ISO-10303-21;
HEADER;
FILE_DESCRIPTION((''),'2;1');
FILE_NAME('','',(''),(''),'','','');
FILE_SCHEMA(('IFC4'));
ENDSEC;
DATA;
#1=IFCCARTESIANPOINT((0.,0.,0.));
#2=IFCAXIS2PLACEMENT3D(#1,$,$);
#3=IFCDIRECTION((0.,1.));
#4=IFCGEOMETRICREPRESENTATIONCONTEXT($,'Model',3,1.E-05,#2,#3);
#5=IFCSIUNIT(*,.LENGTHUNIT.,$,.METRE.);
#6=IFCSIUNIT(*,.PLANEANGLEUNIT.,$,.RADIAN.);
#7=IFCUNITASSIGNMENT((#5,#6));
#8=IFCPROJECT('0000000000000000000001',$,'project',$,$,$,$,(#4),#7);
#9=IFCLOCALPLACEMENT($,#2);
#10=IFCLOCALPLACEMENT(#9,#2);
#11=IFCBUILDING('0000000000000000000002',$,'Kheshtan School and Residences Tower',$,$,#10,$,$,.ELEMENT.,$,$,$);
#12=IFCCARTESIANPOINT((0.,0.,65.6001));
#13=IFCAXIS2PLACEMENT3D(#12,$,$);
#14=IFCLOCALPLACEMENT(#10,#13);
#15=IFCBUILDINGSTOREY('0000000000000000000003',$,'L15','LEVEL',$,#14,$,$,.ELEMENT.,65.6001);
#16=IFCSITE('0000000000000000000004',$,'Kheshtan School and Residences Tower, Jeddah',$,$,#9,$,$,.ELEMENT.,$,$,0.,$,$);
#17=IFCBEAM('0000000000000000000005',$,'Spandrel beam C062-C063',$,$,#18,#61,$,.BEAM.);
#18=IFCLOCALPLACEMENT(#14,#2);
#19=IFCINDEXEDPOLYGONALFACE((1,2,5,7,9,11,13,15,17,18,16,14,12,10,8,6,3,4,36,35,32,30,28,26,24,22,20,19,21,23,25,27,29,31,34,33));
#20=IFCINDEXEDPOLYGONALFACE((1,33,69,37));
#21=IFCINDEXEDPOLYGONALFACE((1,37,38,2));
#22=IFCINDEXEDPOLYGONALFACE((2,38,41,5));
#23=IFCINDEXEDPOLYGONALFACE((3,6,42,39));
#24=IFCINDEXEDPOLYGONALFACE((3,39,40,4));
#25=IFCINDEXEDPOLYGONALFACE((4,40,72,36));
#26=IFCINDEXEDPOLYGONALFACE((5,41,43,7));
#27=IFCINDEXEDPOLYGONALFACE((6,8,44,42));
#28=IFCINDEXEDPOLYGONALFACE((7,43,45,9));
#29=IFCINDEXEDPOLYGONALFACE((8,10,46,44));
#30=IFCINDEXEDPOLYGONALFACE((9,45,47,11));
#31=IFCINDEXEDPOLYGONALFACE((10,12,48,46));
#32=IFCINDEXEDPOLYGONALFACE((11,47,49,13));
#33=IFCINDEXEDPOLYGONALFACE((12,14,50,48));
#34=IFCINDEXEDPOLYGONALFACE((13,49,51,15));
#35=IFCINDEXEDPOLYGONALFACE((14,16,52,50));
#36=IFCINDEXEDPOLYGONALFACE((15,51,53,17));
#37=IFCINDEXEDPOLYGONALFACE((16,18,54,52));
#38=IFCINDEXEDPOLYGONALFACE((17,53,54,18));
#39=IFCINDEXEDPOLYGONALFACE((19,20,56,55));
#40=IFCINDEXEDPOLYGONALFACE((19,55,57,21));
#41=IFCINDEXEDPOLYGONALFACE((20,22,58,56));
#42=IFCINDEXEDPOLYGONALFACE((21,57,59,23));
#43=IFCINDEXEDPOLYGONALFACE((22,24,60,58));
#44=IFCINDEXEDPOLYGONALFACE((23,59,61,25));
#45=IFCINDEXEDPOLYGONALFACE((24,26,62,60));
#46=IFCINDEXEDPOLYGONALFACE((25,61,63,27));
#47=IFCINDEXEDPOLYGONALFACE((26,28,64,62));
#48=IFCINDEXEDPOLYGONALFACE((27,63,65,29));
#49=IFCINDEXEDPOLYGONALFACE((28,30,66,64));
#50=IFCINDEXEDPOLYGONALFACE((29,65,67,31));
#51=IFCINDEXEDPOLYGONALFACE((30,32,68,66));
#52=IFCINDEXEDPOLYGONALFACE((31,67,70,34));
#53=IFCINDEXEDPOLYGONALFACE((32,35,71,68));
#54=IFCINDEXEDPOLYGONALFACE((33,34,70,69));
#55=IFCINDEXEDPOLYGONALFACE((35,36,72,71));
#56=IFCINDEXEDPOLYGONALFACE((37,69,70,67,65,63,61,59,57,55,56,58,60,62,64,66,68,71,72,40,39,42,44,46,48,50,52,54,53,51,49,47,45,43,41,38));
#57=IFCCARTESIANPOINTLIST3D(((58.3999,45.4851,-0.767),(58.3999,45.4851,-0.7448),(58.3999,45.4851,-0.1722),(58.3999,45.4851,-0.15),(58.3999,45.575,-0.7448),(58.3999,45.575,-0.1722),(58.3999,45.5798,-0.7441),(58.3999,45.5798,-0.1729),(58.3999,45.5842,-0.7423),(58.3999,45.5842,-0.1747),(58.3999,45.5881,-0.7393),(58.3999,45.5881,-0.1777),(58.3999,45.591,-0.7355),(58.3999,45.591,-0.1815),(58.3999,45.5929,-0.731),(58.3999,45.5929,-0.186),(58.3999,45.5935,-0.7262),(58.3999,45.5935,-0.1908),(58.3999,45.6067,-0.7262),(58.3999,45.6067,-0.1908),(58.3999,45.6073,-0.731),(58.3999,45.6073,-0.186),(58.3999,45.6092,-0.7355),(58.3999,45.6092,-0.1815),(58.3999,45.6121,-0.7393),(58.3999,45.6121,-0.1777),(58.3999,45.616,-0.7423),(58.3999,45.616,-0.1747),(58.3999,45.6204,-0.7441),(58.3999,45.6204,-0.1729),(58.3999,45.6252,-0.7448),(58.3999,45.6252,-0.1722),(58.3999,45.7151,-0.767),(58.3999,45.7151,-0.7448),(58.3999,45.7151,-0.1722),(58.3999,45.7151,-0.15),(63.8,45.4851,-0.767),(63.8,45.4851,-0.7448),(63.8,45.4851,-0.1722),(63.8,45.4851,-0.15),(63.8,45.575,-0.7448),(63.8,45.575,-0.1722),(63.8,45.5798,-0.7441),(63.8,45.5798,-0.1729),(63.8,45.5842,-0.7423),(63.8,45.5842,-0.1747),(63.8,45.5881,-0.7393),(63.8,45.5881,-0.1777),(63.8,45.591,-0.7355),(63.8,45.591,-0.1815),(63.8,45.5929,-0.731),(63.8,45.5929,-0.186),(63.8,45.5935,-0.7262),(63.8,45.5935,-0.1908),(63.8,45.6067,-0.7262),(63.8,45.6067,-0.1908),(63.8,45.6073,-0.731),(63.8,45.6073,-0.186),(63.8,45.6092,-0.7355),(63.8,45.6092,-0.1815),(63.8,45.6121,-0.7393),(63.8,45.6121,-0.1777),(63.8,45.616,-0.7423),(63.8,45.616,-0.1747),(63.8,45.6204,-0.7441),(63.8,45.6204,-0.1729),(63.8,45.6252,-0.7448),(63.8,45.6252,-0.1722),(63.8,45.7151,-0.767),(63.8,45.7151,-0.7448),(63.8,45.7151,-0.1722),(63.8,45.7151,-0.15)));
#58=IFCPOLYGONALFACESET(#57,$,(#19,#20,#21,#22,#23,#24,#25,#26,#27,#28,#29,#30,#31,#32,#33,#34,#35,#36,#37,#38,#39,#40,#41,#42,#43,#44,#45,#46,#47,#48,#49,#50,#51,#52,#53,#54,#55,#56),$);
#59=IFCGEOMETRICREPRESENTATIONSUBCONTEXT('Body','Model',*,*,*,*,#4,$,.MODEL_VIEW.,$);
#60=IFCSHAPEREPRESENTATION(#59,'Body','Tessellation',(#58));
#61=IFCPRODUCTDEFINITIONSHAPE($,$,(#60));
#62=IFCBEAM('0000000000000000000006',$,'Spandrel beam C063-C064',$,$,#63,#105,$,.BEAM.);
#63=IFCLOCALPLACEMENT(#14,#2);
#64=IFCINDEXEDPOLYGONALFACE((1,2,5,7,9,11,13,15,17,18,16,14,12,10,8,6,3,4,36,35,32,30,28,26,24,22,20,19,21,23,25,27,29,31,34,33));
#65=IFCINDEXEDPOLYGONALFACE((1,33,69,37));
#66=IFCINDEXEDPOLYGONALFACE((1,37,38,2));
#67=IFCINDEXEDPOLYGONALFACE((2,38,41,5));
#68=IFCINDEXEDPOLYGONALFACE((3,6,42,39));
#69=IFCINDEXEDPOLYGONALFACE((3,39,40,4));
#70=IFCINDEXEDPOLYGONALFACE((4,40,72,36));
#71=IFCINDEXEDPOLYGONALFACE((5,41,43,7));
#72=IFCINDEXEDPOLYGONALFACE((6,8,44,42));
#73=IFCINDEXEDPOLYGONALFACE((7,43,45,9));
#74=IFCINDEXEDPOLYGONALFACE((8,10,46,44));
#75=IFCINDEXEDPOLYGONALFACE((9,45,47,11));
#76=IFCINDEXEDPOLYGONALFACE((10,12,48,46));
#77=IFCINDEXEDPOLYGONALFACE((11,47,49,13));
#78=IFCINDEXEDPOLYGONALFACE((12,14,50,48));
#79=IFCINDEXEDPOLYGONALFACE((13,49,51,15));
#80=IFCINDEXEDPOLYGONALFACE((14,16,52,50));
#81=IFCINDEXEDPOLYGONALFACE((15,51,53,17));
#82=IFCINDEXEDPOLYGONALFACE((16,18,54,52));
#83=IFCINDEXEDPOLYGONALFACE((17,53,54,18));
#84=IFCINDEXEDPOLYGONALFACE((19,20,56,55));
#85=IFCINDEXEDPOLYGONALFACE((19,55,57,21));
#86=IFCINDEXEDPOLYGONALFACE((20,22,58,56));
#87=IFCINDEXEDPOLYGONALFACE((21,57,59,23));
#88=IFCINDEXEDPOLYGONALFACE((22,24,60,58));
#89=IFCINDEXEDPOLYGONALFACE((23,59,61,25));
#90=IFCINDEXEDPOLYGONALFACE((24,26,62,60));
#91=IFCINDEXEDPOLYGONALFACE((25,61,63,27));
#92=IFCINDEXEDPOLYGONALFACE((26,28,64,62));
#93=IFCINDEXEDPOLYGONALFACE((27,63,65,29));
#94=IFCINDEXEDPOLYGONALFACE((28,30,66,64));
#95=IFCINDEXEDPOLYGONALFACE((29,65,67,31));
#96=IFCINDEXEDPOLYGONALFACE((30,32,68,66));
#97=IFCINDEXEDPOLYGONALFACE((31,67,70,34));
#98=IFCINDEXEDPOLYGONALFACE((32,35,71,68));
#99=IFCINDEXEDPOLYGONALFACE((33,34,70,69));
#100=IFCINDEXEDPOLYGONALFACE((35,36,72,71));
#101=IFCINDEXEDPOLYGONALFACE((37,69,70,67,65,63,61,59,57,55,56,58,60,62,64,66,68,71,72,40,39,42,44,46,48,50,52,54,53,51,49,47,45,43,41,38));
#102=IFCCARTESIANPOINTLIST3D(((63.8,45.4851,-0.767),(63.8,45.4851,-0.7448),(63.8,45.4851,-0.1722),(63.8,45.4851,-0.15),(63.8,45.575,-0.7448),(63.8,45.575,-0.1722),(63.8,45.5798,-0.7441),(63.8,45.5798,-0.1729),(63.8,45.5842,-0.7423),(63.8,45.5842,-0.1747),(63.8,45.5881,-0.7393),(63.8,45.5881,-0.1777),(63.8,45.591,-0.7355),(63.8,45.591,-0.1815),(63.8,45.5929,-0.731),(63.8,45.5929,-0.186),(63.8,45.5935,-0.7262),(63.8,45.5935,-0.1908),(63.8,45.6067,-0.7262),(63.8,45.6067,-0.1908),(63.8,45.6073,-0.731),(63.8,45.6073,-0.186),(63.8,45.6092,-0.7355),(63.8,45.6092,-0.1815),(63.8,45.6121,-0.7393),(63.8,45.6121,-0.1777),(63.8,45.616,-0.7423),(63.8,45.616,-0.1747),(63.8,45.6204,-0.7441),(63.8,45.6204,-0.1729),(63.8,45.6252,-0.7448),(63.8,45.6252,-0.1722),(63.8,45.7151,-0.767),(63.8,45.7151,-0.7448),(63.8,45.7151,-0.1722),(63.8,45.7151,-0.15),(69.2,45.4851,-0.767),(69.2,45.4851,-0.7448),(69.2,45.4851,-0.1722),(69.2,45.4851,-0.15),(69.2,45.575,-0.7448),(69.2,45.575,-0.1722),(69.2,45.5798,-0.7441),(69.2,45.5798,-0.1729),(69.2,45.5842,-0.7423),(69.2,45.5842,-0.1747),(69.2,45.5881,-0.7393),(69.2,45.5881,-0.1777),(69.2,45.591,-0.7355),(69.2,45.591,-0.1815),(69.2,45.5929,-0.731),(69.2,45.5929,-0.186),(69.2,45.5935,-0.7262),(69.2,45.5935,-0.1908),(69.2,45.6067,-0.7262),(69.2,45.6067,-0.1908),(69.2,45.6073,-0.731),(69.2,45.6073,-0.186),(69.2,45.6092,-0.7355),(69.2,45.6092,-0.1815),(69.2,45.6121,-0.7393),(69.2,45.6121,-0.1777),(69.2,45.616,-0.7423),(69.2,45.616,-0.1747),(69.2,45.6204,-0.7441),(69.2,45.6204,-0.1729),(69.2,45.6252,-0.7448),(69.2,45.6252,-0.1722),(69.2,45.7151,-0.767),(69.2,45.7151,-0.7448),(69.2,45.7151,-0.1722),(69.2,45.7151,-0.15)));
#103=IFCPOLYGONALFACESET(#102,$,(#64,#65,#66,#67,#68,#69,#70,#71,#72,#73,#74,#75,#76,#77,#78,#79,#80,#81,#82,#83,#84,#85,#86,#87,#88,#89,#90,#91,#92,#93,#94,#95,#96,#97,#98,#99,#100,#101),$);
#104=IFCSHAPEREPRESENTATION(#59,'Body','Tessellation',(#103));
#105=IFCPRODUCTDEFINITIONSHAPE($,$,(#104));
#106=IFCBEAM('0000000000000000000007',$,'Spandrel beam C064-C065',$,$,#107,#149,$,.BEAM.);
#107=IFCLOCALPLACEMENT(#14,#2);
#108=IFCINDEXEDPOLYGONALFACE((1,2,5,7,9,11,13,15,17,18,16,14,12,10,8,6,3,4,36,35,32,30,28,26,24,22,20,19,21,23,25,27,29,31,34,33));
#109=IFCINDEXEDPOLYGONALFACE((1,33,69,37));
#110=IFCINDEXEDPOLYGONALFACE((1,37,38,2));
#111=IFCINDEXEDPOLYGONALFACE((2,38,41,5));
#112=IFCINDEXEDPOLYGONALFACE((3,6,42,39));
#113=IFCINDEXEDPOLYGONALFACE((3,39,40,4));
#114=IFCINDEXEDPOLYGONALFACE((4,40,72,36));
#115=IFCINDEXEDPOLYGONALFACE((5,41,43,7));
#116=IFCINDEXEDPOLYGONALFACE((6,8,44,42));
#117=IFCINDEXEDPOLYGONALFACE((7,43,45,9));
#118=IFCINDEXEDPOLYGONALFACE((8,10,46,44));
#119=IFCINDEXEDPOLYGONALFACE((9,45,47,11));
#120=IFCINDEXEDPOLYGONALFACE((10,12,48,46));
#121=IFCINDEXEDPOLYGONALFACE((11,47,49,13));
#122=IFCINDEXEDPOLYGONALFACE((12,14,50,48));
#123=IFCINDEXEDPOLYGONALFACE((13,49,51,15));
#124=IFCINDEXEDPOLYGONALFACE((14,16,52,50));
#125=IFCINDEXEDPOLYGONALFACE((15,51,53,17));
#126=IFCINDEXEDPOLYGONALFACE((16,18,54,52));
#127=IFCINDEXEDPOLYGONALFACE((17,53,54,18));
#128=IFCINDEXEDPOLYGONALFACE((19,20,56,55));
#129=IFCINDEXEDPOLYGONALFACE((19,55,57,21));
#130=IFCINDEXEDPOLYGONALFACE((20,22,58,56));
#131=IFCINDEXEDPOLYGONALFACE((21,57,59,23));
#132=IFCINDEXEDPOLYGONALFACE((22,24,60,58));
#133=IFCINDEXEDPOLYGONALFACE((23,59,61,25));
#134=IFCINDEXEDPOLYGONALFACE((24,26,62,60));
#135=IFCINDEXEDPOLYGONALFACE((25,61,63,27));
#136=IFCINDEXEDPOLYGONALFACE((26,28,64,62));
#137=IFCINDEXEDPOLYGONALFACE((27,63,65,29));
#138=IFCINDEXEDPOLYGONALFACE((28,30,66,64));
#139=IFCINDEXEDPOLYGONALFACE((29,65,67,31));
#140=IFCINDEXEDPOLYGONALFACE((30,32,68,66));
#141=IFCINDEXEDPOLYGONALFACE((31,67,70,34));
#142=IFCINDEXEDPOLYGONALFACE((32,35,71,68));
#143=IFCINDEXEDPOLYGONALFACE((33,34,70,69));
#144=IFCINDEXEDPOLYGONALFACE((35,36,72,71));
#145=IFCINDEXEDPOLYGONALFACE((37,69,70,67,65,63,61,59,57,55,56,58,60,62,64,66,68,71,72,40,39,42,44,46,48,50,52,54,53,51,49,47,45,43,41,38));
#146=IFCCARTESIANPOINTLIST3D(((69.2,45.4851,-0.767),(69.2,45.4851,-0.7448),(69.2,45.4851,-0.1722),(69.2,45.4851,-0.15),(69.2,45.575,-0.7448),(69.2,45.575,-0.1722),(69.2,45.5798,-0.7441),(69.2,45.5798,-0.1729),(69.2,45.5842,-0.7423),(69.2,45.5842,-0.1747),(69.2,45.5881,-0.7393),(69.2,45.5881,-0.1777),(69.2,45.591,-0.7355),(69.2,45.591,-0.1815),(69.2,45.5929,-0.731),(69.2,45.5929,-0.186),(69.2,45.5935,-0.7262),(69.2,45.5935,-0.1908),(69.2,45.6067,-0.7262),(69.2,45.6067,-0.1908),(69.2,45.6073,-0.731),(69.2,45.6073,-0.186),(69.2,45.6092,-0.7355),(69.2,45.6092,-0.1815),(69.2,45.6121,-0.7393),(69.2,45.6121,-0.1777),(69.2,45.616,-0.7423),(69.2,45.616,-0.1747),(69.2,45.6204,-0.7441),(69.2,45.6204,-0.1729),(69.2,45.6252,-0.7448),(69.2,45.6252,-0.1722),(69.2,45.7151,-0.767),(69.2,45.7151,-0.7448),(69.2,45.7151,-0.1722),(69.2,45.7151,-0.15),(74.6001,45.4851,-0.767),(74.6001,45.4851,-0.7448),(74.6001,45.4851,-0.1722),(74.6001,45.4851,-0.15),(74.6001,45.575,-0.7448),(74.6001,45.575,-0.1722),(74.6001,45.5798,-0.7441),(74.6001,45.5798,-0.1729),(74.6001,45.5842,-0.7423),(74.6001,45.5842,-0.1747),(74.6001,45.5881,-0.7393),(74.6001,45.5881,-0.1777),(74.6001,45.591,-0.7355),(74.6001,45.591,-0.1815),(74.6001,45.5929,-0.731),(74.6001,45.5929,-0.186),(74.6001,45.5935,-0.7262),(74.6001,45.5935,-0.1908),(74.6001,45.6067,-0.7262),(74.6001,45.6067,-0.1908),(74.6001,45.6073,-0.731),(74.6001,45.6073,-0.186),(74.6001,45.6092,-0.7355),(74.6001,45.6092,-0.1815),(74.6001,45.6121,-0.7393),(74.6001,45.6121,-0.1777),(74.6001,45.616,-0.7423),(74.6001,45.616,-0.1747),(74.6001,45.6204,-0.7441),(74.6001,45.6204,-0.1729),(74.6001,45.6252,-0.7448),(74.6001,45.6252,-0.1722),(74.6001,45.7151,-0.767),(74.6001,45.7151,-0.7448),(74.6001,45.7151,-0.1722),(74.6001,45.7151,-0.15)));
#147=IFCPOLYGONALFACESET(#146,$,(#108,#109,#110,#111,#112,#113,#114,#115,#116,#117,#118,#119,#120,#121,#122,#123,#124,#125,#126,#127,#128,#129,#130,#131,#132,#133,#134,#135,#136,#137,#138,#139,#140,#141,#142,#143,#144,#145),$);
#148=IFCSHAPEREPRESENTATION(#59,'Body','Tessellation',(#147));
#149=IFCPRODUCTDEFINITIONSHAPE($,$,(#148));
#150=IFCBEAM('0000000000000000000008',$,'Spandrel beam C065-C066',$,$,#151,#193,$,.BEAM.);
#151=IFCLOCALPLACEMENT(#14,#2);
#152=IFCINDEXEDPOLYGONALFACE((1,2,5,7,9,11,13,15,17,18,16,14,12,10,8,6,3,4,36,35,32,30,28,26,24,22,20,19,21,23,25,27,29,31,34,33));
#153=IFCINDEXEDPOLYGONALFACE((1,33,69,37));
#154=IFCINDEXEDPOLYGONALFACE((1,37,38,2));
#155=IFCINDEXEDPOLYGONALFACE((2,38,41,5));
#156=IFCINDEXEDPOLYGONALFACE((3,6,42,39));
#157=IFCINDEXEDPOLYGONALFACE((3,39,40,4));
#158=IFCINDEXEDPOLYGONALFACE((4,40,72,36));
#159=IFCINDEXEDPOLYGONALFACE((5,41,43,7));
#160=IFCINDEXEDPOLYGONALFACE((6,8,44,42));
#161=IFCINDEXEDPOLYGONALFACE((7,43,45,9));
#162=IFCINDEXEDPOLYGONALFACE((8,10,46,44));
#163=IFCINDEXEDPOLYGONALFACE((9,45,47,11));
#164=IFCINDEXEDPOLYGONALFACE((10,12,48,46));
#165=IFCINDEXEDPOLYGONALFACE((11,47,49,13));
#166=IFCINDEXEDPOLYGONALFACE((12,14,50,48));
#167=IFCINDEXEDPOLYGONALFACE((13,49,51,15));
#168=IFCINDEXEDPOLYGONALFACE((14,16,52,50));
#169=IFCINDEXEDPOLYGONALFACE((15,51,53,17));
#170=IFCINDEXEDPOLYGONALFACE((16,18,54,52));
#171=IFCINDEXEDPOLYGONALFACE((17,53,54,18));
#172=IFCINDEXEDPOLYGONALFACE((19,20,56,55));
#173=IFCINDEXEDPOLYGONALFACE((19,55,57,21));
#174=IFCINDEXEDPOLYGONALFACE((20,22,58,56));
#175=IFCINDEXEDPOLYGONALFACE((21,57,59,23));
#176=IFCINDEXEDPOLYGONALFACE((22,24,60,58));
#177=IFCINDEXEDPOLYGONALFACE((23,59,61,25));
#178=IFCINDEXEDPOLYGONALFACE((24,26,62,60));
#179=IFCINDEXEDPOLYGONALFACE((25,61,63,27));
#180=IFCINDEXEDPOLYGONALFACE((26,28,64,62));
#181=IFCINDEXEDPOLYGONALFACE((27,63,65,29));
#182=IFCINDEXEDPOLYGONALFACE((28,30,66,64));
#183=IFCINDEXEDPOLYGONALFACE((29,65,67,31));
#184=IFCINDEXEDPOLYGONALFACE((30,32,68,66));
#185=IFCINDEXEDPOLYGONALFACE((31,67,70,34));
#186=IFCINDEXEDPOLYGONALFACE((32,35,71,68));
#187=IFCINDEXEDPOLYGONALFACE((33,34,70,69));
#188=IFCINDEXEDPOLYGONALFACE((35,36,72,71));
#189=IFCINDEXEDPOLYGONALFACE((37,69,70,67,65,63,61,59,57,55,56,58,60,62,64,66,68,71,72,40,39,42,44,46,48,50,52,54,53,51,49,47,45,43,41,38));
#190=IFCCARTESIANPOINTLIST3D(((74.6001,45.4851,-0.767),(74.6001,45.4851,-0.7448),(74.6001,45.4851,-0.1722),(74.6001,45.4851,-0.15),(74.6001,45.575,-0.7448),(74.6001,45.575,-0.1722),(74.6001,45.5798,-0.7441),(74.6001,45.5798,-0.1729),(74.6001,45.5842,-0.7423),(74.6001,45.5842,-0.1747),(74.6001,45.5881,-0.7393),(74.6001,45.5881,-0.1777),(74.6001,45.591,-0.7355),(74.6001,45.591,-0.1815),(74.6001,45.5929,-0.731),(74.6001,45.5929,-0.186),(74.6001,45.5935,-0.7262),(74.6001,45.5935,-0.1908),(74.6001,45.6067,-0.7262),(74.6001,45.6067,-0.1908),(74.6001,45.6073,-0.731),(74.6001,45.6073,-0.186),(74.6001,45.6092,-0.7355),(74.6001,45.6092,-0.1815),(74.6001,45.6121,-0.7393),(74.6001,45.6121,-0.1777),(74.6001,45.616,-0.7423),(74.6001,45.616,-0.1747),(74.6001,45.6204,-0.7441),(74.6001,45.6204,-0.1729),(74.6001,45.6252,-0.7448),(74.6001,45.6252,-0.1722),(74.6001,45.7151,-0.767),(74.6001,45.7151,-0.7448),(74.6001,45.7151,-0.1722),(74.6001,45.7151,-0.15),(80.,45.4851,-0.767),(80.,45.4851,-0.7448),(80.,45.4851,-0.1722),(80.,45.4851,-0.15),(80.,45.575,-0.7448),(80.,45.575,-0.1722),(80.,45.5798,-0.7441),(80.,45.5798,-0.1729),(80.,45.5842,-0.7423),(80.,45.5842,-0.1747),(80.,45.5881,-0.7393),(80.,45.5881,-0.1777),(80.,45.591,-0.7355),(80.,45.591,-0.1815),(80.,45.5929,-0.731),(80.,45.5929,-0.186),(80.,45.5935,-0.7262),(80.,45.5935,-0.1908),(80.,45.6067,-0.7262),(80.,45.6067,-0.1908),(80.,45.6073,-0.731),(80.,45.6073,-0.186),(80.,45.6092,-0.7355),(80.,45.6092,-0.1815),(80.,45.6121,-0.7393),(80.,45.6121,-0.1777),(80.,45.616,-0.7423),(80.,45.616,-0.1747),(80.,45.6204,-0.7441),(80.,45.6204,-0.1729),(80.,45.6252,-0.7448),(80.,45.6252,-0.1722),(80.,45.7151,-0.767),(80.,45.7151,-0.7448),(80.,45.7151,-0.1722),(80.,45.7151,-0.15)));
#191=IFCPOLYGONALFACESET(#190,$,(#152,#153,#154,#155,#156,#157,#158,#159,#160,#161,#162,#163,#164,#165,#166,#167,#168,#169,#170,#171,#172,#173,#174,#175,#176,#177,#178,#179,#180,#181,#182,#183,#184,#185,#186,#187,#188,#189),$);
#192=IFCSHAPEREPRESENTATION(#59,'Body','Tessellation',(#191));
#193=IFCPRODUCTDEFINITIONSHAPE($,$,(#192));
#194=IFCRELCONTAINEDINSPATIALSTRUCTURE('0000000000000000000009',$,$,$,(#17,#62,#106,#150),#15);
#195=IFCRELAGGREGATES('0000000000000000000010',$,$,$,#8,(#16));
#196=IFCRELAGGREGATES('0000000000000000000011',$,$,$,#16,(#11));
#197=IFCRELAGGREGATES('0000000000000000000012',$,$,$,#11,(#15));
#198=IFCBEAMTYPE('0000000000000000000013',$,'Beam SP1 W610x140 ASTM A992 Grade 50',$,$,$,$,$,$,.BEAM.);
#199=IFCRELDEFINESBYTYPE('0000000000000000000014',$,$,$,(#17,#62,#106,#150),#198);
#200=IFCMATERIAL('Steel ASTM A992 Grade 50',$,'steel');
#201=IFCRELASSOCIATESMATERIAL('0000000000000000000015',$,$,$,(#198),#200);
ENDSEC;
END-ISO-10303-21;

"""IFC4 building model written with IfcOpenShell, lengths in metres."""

from ifc_helpers import new_model, si_unit, direction, frame, origin, origin_2d, place, context, subcontext, project, spatial, i_section, extrude, material, material_profile, profile_set, type_object, element, save


model = new_model("IFC4")

# Units and contexts
model_context = context("Model", 3, precision=1e-05, world=origin(), true_north=direction((0.0, 1.0)))
body_context = subcontext(model_context, "Body", "Model", "MODEL_VIEW")
ifc_project = project(units=[si_unit("LENGTHUNIT", "METRE"), si_unit("PLANEANGLEUNIT", "RADIAN")], contexts=[model_context])

# Site, building, storey
site_placement = place(None, origin())
site = spatial("IfcSite", under=ifc_project, at=site_placement, Name="Kheshtan School and Residences Tower, Jeddah", CompositionType="ELEMENT", RefElevation=0.0)
building_placement = place(site_placement, origin())
building = spatial("IfcBuilding", under=site, at=building_placement, Name="Kheshtan School and Residences Tower", CompositionType="ELEMENT")
storey_placement = place(building_placement, frame((0.0, 0.0, 65.6001)))
storey = spatial("IfcBuildingStorey", under=building, at=storey_placement, Name="L15", Description="LEVEL", CompositionType="ELEMENT", Elevation=65.6001)

# Shared definitions
ifc_material_1 = material(Name="Steel ASTM A992 Grade 50", Category="steel")

# Beams
ifc_material_profile_1 = material_profile(ifc_material_1, i_section(OverallWidth=0.23, OverallDepth=0.6169, WebThickness=0.0132, FlangeThickness=0.0222, FilletRadius=0.0186, at=origin_2d()), Name="W610x140")
ifc_profile_set_1 = profile_set([ifc_material_profile_1], Name="Steel ASTM A992 Grade 50")
beam_type_1 = type_object("IfcBeamType", Name="Beam SP1 W610x140 ASTM A992 Grade 50", PredefinedType="BEAM", material=ifc_profile_set_1)
beam_1_placement = place(storey_placement, frame((58.3999, 45.6001, -0.4585), z_axis=(1.0, 0.0, 0.0), x_axis=(0.0, 1.0, 0.0)))
element("IfcBeam", 1, at=beam_1_placement, inside=storey, type_object=beam_type_1, Name="Spandrel beam C062-C063", PredefinedType="BEAM", context=body_context, shape_type="SweptSolid", body=[
    extrude(i_section(OverallWidth=0.23, OverallDepth=0.6169, WebThickness=0.0132, FlangeThickness=0.0222, FilletRadius=0.0186, at=origin_2d()), origin(), (0.0, 0.0, 1.0), 5.4001),
])
beam_2_placement = place(storey_placement, frame((63.8, 45.6001, -0.4585), z_axis=(1.0, 0.0, 0.0), x_axis=(0.0, 1.0, 0.0)))
element("IfcBeam", 2, at=beam_2_placement, inside=storey, type_object=beam_type_1, Name="Spandrel beam C063-C064", PredefinedType="BEAM", context=body_context, shape_type="SweptSolid", body=[
    extrude(i_section(OverallWidth=0.23, OverallDepth=0.6169, WebThickness=0.0132, FlangeThickness=0.0222, FilletRadius=0.0186, at=origin_2d()), origin(), (0.0, 0.0, 1.0), 5.3999),
])
beam_3_placement = place(storey_placement, frame((69.2, 45.6001, -0.4585), z_axis=(1.0, 0.0, 0.0), x_axis=(0.0, 1.0, 0.0)))
element("IfcBeam", 3, at=beam_3_placement, inside=storey, type_object=beam_type_1, Name="Spandrel beam C064-C065", PredefinedType="BEAM", context=body_context, shape_type="SweptSolid", body=[
    extrude(i_section(OverallWidth=0.23, OverallDepth=0.6169, WebThickness=0.0132, FlangeThickness=0.0222, FilletRadius=0.0186, at=origin_2d()), origin(), (0.0, 0.0, 1.0), 5.4001),
])
for number, where, z_axis, x_axis, name in (
    (4, (74.6001, 45.6001, -0.4585), (1.0, 0.0, 0.0), (0.0, 1.0, 0.0), "Spandrel beam C065-C066"),
):
    element("IfcBeam", number, at=place(storey_placement, frame(where, z_axis=z_axis, x_axis=x_axis)), inside=storey, type_object=beam_type_1, Name=name, PredefinedType="BEAM", context=body_context, shape_type="SweptSolid", body=[
        extrude(i_section(OverallWidth=0.23, OverallDepth=0.6169, WebThickness=0.0132, FlangeThickness=0.0222, FilletRadius=0.0186, at=origin_2d()), origin(), (0.0, 0.0, 1.0), 5.3999),
    ])

save(model, "model.ifc")
